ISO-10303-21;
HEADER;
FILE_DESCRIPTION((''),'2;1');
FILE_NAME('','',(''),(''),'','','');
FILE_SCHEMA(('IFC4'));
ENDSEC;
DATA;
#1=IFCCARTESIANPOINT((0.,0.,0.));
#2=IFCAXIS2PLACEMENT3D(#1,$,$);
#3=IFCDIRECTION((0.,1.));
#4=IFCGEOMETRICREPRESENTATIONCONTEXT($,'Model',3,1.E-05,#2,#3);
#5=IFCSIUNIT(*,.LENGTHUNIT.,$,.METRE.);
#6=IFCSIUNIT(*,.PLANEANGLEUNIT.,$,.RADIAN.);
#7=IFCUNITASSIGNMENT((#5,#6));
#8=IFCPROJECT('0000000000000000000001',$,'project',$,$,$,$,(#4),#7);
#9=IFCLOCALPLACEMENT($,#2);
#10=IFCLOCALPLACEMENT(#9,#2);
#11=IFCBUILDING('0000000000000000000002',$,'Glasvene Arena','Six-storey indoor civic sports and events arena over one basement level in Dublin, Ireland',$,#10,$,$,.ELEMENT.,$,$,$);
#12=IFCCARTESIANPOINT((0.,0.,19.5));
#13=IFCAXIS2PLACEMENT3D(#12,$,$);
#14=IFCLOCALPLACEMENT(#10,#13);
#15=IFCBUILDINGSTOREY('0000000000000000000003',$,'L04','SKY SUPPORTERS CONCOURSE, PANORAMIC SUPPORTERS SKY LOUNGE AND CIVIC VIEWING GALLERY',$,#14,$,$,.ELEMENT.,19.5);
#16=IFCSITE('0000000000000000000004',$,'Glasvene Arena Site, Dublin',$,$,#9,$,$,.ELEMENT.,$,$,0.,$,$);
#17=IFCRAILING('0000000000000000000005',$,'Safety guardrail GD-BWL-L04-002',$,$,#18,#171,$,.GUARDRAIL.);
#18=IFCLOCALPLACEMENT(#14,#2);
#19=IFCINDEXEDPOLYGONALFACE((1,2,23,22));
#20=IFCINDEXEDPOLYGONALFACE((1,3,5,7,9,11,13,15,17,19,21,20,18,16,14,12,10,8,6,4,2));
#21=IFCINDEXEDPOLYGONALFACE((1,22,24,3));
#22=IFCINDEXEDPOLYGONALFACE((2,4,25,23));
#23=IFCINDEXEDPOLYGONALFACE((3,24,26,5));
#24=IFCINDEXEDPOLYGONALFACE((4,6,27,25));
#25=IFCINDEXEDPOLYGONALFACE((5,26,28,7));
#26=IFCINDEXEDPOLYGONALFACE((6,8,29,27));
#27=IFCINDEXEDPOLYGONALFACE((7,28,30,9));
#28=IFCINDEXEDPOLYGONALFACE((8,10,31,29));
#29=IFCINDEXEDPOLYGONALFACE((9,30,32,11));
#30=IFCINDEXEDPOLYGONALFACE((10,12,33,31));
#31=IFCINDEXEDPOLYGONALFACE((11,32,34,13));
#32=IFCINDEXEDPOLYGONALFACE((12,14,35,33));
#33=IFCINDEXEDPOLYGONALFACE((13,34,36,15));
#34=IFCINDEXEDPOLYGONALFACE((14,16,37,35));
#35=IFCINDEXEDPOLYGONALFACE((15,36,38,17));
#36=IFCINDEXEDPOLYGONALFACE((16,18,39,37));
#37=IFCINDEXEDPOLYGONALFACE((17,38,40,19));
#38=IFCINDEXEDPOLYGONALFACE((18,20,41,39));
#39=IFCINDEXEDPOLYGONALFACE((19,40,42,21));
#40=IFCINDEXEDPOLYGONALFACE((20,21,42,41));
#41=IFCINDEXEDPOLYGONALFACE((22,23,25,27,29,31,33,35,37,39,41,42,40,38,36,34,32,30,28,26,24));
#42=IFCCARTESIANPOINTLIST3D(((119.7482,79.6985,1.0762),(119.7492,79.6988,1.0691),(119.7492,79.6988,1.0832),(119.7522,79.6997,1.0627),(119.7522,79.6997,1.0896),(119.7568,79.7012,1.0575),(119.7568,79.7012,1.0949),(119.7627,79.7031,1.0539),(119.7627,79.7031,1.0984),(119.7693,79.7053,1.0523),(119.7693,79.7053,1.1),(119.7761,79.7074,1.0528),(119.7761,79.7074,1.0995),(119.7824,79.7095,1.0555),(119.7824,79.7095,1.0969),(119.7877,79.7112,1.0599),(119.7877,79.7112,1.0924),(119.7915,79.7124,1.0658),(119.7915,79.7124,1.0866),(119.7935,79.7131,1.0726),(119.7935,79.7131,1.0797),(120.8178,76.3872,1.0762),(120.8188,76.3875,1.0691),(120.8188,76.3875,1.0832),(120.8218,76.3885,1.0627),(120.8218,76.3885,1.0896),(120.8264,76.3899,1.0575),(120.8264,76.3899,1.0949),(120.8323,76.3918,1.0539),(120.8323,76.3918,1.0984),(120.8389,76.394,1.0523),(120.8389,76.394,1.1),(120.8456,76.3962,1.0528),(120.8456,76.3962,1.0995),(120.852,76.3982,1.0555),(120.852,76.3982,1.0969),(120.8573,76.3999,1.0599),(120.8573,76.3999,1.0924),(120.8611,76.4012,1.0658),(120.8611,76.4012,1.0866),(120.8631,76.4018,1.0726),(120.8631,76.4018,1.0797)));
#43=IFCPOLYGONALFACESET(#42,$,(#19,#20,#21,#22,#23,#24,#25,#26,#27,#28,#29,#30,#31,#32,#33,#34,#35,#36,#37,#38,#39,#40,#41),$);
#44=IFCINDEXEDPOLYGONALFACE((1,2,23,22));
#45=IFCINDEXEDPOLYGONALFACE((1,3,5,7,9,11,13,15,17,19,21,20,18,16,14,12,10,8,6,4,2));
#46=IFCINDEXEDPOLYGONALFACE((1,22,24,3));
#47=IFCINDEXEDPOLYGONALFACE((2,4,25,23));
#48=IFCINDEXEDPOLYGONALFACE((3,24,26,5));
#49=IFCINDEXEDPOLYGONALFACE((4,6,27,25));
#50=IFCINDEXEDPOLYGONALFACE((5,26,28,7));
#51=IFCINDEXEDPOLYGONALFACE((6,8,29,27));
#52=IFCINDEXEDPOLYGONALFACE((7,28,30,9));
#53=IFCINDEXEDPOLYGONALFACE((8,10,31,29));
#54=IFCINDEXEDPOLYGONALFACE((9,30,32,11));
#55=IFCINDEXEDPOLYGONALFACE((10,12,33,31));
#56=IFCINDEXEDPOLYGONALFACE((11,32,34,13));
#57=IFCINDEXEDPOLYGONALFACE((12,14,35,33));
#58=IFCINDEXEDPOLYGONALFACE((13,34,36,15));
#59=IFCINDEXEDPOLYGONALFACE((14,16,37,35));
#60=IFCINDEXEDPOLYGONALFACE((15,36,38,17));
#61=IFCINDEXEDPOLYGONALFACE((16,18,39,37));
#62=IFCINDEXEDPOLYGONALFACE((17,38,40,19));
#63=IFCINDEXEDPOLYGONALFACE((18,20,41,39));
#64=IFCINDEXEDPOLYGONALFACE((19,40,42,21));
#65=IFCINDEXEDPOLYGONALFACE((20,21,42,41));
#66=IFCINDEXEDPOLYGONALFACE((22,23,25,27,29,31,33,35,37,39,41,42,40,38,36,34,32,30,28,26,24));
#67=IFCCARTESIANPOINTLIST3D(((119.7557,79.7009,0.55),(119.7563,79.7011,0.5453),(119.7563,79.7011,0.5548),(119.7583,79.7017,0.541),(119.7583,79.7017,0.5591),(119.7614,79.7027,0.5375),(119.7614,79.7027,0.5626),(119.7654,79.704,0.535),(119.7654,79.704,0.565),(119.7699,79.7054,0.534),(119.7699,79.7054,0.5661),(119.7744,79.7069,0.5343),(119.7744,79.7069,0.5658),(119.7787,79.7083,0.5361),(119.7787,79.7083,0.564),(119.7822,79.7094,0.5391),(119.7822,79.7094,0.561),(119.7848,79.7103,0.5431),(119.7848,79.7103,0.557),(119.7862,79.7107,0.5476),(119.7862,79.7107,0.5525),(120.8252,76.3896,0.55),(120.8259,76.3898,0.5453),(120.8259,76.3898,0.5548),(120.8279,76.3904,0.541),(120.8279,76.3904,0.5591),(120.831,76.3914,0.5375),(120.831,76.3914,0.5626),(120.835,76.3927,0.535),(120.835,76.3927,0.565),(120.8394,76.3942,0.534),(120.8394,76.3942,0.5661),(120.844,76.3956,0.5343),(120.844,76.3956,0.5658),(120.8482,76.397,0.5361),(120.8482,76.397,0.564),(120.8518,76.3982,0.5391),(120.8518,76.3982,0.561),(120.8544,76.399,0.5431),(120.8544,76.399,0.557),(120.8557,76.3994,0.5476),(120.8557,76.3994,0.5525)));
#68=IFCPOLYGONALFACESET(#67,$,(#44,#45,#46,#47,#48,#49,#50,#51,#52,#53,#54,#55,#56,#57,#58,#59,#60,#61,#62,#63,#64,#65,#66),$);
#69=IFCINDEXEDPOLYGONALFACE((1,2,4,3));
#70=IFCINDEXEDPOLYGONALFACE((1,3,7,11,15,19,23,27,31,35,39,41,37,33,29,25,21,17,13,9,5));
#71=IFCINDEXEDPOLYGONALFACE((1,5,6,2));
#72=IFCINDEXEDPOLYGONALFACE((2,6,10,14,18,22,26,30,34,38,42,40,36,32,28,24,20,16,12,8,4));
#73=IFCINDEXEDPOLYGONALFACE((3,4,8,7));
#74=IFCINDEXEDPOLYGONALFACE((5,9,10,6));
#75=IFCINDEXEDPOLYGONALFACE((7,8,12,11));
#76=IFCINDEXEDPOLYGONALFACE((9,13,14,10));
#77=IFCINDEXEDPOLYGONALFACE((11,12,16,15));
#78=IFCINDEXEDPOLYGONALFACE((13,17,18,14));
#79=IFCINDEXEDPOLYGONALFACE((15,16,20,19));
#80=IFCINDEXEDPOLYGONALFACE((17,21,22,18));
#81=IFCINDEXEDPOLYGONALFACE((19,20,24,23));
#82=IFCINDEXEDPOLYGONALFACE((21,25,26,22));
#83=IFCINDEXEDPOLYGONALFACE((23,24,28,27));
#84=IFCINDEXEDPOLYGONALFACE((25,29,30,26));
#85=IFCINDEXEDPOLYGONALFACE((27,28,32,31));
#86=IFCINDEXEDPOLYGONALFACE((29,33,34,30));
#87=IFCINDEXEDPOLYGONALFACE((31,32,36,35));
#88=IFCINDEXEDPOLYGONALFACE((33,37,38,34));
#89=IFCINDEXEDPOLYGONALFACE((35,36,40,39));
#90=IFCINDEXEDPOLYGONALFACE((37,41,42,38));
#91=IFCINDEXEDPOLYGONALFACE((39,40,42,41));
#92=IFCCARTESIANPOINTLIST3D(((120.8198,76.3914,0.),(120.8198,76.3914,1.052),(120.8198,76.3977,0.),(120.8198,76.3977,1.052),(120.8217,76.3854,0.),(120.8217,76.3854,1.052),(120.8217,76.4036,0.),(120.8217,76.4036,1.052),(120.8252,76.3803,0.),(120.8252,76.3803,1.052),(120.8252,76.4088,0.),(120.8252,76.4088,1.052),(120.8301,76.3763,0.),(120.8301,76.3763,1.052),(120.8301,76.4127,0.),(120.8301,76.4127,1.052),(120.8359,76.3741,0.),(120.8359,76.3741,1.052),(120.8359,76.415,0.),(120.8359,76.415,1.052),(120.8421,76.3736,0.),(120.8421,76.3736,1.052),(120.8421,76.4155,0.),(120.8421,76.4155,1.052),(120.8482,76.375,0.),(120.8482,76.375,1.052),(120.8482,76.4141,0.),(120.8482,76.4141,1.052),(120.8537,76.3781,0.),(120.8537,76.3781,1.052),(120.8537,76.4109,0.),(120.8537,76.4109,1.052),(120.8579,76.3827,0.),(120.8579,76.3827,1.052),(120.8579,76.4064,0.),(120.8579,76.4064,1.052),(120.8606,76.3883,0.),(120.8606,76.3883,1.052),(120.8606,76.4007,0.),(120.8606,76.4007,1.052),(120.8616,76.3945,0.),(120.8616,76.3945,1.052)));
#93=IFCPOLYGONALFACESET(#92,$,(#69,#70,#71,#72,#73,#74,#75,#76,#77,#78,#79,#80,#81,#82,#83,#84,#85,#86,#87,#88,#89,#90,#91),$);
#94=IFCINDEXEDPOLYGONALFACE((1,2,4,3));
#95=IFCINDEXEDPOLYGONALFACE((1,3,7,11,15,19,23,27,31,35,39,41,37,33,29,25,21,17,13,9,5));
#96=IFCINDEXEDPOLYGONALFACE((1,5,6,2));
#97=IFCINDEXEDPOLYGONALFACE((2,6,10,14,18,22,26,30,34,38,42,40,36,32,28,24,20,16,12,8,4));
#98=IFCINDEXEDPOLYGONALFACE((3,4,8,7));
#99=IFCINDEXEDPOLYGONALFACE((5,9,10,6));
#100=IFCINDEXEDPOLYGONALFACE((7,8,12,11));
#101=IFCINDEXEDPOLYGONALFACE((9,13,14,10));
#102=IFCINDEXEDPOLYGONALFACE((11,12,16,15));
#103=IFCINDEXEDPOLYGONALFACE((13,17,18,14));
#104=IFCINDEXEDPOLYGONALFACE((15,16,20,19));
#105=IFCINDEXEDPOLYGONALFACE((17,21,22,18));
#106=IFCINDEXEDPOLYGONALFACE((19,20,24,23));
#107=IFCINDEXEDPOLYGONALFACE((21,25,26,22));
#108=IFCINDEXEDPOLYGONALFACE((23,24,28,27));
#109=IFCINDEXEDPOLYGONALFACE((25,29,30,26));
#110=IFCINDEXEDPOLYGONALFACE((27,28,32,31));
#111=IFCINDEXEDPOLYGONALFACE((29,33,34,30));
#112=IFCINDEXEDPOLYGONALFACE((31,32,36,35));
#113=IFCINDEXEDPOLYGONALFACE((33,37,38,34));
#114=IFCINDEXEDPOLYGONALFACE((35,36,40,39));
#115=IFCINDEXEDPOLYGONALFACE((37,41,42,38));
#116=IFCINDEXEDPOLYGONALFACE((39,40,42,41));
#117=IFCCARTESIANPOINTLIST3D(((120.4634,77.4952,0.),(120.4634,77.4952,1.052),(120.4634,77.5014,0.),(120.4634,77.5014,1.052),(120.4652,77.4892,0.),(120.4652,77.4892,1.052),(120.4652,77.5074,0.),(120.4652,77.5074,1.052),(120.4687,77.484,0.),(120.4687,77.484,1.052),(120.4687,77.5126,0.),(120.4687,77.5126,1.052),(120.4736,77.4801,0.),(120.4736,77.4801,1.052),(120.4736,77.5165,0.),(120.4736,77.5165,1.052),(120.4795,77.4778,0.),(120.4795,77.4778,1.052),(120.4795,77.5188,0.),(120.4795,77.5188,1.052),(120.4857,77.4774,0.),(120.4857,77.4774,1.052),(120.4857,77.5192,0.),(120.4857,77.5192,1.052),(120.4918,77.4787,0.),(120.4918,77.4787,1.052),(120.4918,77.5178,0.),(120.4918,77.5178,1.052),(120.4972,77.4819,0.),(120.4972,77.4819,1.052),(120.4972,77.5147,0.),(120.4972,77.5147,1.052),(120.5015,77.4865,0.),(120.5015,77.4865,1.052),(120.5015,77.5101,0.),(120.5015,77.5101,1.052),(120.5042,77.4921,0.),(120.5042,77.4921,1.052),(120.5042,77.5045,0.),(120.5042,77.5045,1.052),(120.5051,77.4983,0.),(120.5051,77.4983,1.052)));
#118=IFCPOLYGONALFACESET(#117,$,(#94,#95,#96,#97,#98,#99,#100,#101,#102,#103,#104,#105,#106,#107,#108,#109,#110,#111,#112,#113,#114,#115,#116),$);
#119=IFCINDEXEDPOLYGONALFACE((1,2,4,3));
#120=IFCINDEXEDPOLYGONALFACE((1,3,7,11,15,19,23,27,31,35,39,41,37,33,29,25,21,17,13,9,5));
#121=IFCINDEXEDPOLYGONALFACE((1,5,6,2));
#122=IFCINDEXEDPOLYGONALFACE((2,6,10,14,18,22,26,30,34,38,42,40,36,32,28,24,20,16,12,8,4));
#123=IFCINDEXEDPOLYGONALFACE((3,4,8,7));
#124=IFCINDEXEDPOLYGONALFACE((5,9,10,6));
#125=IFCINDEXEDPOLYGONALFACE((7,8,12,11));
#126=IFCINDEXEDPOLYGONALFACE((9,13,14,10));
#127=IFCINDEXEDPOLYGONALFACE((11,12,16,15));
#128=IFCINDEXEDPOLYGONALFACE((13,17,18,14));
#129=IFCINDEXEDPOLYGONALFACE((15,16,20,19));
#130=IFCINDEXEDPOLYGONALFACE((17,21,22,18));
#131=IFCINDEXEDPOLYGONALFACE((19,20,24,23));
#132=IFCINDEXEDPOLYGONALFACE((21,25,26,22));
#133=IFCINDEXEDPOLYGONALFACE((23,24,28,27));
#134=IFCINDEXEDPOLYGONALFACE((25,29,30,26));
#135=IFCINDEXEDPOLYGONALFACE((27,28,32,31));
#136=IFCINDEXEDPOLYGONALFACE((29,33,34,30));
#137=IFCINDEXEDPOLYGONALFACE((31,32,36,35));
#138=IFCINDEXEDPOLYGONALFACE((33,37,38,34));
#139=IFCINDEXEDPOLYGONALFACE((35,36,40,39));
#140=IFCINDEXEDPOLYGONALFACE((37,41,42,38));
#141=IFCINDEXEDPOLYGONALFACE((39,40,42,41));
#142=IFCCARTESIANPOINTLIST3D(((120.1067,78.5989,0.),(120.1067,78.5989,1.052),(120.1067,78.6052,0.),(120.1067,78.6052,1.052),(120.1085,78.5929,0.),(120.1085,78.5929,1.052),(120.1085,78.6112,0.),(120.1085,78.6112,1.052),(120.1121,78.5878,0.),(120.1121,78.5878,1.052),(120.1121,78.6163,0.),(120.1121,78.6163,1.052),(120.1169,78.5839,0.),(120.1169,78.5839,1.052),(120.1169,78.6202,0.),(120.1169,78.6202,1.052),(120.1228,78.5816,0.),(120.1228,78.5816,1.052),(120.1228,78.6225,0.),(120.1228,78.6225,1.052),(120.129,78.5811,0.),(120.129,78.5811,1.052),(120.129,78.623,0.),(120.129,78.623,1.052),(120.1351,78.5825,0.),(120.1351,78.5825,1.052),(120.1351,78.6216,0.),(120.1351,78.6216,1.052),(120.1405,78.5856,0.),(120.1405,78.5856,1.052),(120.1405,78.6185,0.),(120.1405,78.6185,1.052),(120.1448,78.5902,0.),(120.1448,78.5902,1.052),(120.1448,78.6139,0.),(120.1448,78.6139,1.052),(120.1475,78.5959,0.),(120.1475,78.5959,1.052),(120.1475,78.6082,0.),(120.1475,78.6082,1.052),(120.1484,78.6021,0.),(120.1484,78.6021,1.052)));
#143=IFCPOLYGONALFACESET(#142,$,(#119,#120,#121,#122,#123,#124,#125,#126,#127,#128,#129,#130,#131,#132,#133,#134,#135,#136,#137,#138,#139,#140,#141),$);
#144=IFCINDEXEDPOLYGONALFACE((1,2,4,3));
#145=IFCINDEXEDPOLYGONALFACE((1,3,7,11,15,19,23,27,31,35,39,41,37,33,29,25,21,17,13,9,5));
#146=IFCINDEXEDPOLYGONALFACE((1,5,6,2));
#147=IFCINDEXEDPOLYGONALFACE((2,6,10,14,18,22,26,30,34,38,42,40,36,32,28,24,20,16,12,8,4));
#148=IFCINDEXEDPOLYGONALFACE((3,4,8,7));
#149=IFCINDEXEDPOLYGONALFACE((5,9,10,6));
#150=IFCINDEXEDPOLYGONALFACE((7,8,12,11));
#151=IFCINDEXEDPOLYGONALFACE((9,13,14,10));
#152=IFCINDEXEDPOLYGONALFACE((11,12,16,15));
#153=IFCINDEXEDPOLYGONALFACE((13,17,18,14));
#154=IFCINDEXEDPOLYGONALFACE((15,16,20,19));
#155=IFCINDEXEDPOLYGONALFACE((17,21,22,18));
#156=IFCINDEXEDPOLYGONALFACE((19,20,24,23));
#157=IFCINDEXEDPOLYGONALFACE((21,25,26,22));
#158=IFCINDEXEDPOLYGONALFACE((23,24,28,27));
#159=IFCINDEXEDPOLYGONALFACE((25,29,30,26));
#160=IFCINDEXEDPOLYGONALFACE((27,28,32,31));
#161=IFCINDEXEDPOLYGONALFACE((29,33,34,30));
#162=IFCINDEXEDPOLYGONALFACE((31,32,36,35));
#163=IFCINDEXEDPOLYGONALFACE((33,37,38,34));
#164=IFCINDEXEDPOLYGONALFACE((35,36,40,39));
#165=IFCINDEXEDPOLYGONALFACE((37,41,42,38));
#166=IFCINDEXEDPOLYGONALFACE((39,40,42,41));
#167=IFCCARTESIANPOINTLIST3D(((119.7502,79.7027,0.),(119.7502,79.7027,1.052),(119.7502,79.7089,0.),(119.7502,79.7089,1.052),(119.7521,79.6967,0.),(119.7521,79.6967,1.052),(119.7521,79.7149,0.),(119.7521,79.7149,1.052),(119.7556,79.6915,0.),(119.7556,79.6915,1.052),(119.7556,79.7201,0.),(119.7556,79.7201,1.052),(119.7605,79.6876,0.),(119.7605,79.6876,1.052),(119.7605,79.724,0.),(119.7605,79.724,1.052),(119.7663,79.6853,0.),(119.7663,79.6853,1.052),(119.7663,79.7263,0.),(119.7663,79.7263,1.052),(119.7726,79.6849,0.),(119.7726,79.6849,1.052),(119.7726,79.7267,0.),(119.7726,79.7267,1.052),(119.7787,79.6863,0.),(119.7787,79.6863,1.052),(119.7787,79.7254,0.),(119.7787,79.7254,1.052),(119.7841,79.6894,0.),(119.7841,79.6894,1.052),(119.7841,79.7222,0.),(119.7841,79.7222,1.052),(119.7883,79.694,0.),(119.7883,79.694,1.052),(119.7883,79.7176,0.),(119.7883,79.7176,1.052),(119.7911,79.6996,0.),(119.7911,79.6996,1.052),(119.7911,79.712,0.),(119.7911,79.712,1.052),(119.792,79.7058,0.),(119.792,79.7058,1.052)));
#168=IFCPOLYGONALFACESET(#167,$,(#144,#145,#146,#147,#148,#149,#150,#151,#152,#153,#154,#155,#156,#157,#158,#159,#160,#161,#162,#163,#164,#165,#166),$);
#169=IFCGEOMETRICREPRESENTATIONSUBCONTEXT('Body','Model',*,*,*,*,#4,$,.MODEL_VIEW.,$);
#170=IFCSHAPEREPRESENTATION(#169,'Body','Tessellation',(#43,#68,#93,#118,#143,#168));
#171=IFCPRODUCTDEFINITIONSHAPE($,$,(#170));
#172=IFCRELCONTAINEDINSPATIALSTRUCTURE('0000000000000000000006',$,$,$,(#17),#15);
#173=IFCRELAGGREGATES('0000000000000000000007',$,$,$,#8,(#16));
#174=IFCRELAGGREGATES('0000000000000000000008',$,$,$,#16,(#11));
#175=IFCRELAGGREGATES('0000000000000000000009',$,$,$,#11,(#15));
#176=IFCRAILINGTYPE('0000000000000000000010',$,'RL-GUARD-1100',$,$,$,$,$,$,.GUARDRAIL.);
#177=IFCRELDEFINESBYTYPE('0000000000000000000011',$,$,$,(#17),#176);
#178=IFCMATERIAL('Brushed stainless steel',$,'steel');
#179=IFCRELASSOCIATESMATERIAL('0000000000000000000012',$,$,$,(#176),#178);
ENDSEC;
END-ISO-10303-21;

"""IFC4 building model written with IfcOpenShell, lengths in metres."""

from ifc_helpers import new_model, si_unit, direction, frame, origin, origin_2d, place, context, subcontext, project, spatial, circle, extrude, material, type_object, element, save


model = new_model("IFC4")

# Units and contexts
model_context = context("Model", 3, precision=1e-05, world=origin(), true_north=direction((0.0, 1.0)))
body_context = subcontext(model_context, "Body", "Model", "MODEL_VIEW")
ifc_project = project(units=[si_unit("LENGTHUNIT", "METRE"), si_unit("PLANEANGLEUNIT", "RADIAN")], contexts=[model_context])

# Site, building, storey
site_placement = place(None, origin())
site = spatial("IfcSite", under=ifc_project, at=site_placement, Name="Glasvene Arena Site, Dublin", CompositionType="ELEMENT", RefElevation=0.0)
building_placement = place(site_placement, origin())
building = spatial("IfcBuilding", under=site, at=building_placement, Name="Glasvene Arena", Description="Six-storey indoor civic sports and events arena over one basement level in Dublin, Ireland", CompositionType="ELEMENT")
storey_placement = place(building_placement, frame((0.0, 0.0, 19.5)))
storey = spatial("IfcBuildingStorey", under=building, at=storey_placement, Name="L04", Description="SKY SUPPORTERS CONCOURSE, PANORAMIC SUPPORTERS SKY LOUNGE AND CIVIC VIEWING GALLERY", CompositionType="ELEMENT", Elevation=19.5)

# Railing
ifc_material = material(Name="Brushed stainless steel", Category="steel")
railing_type = type_object("IfcRailingType", Name="RL-GUARD-1100", PredefinedType="GUARDRAIL", material=ifc_material)
railing_1_placement = place(storey_placement, frame((120.8406, 76.3945, 0.0)))
element("IfcRailing", 1, at=railing_1_placement, inside=storey, type_object=railing_type, Name="Safety guardrail GD-BWL-L04-002", PredefinedType="GUARDRAIL", context=body_context, shape_type="SweptSolid", body=[
    extrude(circle(Radius=0.0239, at=origin_2d()), frame((0.0, 0.0, 1.0762), z_axis=(-0.307374, 0.951589, 0.0), x_axis=(-0.951589, -0.307374, 0.0)), (0.0, 0.0, 1.0), 3.4797),
    extrude(circle(Radius=0.0161, at=origin_2d()), frame((0.0, 0.0, 0.55), z_axis=(-0.307374, 0.951589, 0.0), x_axis=(-0.951589, -0.307374, 0.0)), (0.0, 0.0, 1.0), 3.4797),
    extrude(circle(Radius=0.021, at=origin_2d()), origin(), (0.0, 0.0, 1.0), 1.052),
    extrude(circle(Radius=0.021, at=origin_2d()), frame((-0.3564, 1.1038, 0.0)), (0.0, 0.0, 1.0), 1.052),
    extrude(circle(Radius=0.021, at=origin_2d()), frame((-0.7131, 2.2075, 0.0)), (0.0, 0.0, 1.0), 1.052),
    extrude(circle(Radius=0.021, at=origin_2d()), frame((-1.0696, 3.3113, 0.0)), (0.0, 0.0, 1.0), 1.052),
])

save(model, "model.ifc")
